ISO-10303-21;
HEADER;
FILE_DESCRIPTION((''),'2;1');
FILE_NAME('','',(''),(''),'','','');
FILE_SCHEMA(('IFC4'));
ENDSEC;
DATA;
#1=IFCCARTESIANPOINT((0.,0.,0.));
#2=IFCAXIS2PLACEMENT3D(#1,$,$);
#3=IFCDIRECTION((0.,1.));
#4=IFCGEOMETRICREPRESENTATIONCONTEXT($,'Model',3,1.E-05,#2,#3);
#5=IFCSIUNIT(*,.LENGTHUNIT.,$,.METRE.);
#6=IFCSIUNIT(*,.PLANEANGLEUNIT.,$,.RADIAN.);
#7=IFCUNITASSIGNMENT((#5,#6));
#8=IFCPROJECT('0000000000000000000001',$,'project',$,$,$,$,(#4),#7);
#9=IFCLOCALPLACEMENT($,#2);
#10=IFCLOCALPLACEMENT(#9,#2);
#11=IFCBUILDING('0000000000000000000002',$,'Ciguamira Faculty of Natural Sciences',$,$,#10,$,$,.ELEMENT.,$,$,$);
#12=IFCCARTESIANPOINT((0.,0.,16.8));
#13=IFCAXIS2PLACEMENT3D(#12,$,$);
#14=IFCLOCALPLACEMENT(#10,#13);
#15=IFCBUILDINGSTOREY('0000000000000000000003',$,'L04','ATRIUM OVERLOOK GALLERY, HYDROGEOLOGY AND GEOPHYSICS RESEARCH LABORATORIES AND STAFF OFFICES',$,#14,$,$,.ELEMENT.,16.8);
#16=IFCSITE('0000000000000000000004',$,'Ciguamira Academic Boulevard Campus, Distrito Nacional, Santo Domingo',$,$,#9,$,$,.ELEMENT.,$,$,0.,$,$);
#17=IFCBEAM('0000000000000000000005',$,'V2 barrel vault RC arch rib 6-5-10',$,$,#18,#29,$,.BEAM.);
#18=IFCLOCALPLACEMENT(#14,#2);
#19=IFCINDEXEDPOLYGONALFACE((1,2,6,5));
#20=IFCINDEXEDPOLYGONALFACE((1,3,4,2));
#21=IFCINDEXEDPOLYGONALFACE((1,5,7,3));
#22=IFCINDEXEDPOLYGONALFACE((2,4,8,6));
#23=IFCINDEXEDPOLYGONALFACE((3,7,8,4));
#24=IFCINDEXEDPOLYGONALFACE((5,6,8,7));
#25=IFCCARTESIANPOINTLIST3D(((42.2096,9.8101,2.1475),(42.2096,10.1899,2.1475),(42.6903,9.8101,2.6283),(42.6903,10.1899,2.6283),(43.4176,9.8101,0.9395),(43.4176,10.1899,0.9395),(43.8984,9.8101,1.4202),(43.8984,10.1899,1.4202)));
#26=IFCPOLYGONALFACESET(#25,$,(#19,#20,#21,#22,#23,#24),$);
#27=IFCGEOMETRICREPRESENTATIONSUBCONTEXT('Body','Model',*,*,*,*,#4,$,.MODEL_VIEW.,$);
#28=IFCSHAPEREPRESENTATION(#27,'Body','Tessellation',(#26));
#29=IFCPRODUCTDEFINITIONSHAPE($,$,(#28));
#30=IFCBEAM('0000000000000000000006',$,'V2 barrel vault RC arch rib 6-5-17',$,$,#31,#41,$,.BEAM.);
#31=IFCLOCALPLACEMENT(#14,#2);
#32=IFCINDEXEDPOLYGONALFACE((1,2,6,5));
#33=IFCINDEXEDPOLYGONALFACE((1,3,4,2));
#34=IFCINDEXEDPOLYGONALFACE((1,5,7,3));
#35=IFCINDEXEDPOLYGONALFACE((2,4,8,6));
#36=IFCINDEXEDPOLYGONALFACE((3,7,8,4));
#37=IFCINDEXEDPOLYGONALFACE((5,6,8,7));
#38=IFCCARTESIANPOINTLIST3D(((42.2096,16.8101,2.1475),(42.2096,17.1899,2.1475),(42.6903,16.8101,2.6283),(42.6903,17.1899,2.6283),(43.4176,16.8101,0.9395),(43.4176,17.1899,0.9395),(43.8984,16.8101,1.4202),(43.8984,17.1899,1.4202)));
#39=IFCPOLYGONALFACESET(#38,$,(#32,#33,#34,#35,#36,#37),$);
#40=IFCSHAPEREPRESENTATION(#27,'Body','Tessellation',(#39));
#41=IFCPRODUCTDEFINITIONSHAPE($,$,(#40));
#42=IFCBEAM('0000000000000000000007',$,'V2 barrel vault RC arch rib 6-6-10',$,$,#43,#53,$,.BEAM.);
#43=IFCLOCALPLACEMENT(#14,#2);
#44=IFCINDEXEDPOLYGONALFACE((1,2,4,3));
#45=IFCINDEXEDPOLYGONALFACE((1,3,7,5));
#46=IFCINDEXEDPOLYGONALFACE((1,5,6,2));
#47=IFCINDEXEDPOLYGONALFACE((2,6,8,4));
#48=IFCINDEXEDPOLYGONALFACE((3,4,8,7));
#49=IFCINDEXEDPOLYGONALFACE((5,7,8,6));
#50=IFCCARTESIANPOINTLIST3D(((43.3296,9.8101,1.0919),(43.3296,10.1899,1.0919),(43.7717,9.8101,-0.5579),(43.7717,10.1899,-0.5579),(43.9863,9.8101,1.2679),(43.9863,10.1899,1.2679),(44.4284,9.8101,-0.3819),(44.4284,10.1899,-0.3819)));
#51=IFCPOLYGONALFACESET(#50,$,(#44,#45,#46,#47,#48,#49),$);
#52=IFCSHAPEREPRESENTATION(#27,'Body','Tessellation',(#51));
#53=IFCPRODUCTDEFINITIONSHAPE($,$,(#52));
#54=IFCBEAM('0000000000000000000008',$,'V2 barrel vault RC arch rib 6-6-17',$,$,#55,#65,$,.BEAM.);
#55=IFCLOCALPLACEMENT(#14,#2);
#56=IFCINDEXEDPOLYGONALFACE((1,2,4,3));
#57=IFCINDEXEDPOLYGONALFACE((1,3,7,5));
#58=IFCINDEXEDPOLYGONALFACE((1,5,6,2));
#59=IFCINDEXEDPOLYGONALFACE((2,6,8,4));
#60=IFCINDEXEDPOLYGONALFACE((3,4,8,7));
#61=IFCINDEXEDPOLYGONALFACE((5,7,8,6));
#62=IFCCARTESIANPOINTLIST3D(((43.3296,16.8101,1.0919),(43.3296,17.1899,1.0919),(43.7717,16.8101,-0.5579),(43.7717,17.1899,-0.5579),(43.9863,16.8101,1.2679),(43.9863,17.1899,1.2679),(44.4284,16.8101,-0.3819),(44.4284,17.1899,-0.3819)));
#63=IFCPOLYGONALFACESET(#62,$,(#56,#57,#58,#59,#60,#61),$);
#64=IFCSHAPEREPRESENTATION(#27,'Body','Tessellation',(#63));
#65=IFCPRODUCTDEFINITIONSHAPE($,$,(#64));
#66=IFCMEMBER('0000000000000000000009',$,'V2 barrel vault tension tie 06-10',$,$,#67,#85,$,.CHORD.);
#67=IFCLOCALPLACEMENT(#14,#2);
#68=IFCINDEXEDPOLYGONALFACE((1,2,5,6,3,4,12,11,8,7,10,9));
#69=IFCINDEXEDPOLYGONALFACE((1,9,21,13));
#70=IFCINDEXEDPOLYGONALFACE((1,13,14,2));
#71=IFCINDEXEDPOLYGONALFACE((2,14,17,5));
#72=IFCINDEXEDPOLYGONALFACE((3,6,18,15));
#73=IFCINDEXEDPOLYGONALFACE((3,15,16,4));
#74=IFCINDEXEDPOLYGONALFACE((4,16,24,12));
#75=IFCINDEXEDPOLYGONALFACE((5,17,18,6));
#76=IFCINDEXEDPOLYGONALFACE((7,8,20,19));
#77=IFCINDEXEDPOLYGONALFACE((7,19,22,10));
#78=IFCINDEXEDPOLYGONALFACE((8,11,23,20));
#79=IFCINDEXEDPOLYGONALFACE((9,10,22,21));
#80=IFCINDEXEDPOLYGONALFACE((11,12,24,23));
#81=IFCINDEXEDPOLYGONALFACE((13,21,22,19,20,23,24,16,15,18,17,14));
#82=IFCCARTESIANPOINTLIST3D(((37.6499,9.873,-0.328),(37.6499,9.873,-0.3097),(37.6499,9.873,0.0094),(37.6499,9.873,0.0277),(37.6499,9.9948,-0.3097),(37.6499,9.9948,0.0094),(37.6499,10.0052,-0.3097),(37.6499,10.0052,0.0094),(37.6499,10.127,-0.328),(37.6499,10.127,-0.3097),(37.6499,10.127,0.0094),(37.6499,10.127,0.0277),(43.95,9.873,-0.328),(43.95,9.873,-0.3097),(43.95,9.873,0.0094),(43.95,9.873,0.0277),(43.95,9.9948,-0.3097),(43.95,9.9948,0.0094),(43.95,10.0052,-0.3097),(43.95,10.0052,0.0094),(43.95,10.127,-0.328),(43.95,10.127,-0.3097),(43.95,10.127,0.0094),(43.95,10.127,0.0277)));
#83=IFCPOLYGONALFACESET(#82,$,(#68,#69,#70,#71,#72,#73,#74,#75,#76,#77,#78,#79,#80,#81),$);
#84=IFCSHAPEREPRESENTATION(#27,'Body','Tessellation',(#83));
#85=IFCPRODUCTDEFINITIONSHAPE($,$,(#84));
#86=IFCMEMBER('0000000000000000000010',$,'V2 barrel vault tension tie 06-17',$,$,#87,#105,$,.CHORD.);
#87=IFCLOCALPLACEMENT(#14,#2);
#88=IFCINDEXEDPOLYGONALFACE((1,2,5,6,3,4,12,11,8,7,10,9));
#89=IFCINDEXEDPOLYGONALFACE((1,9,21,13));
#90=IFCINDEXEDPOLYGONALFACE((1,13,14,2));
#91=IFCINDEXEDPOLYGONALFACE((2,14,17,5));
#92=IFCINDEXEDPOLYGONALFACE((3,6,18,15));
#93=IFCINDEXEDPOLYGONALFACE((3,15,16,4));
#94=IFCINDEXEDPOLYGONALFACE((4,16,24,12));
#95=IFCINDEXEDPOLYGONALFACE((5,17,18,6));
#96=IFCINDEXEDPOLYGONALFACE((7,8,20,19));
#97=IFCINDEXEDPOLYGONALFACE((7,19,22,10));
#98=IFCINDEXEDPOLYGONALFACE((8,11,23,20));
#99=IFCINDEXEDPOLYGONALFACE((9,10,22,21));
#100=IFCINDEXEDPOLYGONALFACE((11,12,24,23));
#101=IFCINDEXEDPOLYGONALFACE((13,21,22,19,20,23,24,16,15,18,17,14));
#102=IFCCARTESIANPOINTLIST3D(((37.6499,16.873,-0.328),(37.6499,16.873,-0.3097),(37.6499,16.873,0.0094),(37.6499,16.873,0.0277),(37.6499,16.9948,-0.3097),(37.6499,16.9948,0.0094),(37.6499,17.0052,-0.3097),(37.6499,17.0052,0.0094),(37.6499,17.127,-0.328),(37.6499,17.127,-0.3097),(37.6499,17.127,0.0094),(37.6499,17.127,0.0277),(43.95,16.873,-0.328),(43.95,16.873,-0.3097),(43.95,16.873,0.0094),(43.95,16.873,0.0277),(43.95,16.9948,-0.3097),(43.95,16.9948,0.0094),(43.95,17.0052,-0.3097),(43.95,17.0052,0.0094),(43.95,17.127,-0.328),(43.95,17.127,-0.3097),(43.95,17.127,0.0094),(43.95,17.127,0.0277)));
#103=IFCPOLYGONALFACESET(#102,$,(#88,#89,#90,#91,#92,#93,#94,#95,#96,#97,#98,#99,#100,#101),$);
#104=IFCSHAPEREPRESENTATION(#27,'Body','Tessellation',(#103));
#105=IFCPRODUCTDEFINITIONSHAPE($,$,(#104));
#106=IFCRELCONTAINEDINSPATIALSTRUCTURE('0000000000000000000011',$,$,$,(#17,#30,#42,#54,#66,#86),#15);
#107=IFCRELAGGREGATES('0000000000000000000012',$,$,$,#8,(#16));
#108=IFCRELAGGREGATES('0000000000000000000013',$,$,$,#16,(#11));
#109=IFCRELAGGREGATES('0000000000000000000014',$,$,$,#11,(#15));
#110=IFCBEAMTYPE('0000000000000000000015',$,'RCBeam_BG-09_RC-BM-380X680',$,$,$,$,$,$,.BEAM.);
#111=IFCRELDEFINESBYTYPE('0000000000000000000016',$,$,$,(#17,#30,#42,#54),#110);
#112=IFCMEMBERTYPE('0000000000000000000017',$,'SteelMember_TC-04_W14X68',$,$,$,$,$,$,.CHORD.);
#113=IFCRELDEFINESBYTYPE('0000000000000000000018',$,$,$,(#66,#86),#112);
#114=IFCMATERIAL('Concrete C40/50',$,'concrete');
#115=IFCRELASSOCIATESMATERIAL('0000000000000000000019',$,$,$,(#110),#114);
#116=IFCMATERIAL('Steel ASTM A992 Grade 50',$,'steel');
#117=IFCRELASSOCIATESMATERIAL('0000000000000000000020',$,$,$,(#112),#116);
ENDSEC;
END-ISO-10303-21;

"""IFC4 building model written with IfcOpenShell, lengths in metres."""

from ifc_helpers import new_model, si_unit, direction, frame, origin, origin_2d, place, context, subcontext, project, spatial, rectangle, i_section, extrude, material, material_profile, profile_set, type_object, element, save


model = new_model("IFC4")

# Units and contexts
model_context = context("Model", 3, precision=1e-05, world=origin(), true_north=direction((0.0, 1.0)))
body_context = subcontext(model_context, "Body", "Model", "MODEL_VIEW")
ifc_project = project(units=[si_unit("LENGTHUNIT", "METRE"), si_unit("PLANEANGLEUNIT", "RADIAN")], contexts=[model_context])

# Site, building, storey
site_placement = place(None, origin())
site = spatial("IfcSite", under=ifc_project, at=site_placement, Name="Ciguamira Academic Boulevard Campus, Distrito Nacional, Santo Domingo", CompositionType="ELEMENT", RefElevation=0.0)
building_placement = place(site_placement, origin())
building = spatial("IfcBuilding", under=site, at=building_placement, Name="Ciguamira Faculty of Natural Sciences", CompositionType="ELEMENT")
storey_placement = place(building_placement, frame((0.0, 0.0, 16.8)))
storey = spatial("IfcBuildingStorey", under=building, at=storey_placement, Name="L04", Description="ATRIUM OVERLOOK GALLERY, HYDROGEOLOGY AND GEOPHYSICS RESEARCH LABORATORIES AND STAFF OFFICES", CompositionType="ELEMENT", Elevation=16.8)

# Beams
ifc_material_1 = material(Name="Concrete C40/50", Category="concrete")
ifc_material_profile_1 = material_profile(ifc_material_1, rectangle(XDim=0.3799, YDim=0.6799, at=origin_2d()), Name="RC-BM-380X680")
ifc_profile_set_1 = profile_set([ifc_material_profile_1], Name="Concrete C40/50")
beam_type_1 = type_object("IfcBeamType", Name="RCBeam_BG-09_RC-BM-380X680", PredefinedType="BEAM", material=ifc_profile_set_1)
for number, where, z_axis, x_axis, name in (
    (1, (42.45, 10.0, 2.3879), (0.707107, 0.0, -0.707107), (0.0, 1.0, 0.0), "V2 barrel vault RC arch rib 6-5-10"),
    (2, (42.45, 17.0, 2.3879), (0.707107, 0.0, -0.707107), (0.0, 1.0, 0.0), "V2 barrel vault RC arch rib 6-5-17"),
):
    element("IfcBeam", number, at=place(storey_placement, frame(where, z_axis=z_axis, x_axis=x_axis)), inside=storey, type_object=beam_type_1, Name=name, PredefinedType="BEAM", context=body_context, shape_type="SweptSolid", body=[
        extrude(rectangle(XDim=0.3799, YDim=0.6799, at=origin_2d()), origin(), (0.0, 0.0, 1.0), 1.7085),
    ])
for number, where, z_axis, x_axis, name in (
    (3, (43.658, 10.0, 1.1799), (0.258846, 0.0, -0.965919), (0.0, 1.0, 0.0), "V2 barrel vault RC arch rib 6-6-10"),
    (4, (43.658, 17.0, 1.1799), (0.258846, 0.0, -0.965919), (0.0, 1.0, 0.0), "V2 barrel vault RC arch rib 6-6-17"),
):
    element("IfcBeam", number, at=place(storey_placement, frame(where, z_axis=z_axis, x_axis=x_axis)), inside=storey, type_object=beam_type_1, Name=name, PredefinedType="BEAM", context=body_context, shape_type="SweptSolid", body=[
        extrude(rectangle(XDim=0.3799, YDim=0.6799, at=origin_2d()), origin(), (0.0, 0.0, 1.0), 1.708),
    ])

# Members
ifc_material_2 = material(Name="Steel ASTM A992 Grade 50", Category="steel")
ifc_material_profile_2 = material_profile(ifc_material_2, i_section(OverallWidth=0.2539, OverallDepth=0.3557, WebThickness=0.0105, FlangeThickness=0.0183, at=origin_2d()), Name="W14X68")
ifc_profile_set_2 = profile_set([ifc_material_profile_2], Name="Steel ASTM A992 Grade 50")
member_type = type_object("IfcMemberType", Name="SteelMember_TC-04_W14X68", PredefinedType="CHORD", material=ifc_profile_set_2)
for number, where, z_axis, x_axis, name in (
    (5, (37.6499, 10.0, -0.1501), (1.0, 0.0, 0.0), (0.0, 1.0, 0.0), "V2 barrel vault tension tie 06-10"),
    (6, (37.6499, 17.0, -0.1501), (1.0, 0.0, 0.0), (0.0, 1.0, 0.0), "V2 barrel vault tension tie 06-17"),
):
    element("IfcMember", number, at=place(storey_placement, frame(where, z_axis=z_axis, x_axis=x_axis)), inside=storey, type_object=member_type, Name=name, PredefinedType="CHORD", context=body_context, shape_type="SweptSolid", body=[
        extrude(i_section(OverallWidth=0.2539, OverallDepth=0.3557, WebThickness=0.0105, FlangeThickness=0.0183, at=origin_2d()), origin(), (0.0, 0.0, 1.0), 6.3),
    ])

save(model, "model.ifc")
